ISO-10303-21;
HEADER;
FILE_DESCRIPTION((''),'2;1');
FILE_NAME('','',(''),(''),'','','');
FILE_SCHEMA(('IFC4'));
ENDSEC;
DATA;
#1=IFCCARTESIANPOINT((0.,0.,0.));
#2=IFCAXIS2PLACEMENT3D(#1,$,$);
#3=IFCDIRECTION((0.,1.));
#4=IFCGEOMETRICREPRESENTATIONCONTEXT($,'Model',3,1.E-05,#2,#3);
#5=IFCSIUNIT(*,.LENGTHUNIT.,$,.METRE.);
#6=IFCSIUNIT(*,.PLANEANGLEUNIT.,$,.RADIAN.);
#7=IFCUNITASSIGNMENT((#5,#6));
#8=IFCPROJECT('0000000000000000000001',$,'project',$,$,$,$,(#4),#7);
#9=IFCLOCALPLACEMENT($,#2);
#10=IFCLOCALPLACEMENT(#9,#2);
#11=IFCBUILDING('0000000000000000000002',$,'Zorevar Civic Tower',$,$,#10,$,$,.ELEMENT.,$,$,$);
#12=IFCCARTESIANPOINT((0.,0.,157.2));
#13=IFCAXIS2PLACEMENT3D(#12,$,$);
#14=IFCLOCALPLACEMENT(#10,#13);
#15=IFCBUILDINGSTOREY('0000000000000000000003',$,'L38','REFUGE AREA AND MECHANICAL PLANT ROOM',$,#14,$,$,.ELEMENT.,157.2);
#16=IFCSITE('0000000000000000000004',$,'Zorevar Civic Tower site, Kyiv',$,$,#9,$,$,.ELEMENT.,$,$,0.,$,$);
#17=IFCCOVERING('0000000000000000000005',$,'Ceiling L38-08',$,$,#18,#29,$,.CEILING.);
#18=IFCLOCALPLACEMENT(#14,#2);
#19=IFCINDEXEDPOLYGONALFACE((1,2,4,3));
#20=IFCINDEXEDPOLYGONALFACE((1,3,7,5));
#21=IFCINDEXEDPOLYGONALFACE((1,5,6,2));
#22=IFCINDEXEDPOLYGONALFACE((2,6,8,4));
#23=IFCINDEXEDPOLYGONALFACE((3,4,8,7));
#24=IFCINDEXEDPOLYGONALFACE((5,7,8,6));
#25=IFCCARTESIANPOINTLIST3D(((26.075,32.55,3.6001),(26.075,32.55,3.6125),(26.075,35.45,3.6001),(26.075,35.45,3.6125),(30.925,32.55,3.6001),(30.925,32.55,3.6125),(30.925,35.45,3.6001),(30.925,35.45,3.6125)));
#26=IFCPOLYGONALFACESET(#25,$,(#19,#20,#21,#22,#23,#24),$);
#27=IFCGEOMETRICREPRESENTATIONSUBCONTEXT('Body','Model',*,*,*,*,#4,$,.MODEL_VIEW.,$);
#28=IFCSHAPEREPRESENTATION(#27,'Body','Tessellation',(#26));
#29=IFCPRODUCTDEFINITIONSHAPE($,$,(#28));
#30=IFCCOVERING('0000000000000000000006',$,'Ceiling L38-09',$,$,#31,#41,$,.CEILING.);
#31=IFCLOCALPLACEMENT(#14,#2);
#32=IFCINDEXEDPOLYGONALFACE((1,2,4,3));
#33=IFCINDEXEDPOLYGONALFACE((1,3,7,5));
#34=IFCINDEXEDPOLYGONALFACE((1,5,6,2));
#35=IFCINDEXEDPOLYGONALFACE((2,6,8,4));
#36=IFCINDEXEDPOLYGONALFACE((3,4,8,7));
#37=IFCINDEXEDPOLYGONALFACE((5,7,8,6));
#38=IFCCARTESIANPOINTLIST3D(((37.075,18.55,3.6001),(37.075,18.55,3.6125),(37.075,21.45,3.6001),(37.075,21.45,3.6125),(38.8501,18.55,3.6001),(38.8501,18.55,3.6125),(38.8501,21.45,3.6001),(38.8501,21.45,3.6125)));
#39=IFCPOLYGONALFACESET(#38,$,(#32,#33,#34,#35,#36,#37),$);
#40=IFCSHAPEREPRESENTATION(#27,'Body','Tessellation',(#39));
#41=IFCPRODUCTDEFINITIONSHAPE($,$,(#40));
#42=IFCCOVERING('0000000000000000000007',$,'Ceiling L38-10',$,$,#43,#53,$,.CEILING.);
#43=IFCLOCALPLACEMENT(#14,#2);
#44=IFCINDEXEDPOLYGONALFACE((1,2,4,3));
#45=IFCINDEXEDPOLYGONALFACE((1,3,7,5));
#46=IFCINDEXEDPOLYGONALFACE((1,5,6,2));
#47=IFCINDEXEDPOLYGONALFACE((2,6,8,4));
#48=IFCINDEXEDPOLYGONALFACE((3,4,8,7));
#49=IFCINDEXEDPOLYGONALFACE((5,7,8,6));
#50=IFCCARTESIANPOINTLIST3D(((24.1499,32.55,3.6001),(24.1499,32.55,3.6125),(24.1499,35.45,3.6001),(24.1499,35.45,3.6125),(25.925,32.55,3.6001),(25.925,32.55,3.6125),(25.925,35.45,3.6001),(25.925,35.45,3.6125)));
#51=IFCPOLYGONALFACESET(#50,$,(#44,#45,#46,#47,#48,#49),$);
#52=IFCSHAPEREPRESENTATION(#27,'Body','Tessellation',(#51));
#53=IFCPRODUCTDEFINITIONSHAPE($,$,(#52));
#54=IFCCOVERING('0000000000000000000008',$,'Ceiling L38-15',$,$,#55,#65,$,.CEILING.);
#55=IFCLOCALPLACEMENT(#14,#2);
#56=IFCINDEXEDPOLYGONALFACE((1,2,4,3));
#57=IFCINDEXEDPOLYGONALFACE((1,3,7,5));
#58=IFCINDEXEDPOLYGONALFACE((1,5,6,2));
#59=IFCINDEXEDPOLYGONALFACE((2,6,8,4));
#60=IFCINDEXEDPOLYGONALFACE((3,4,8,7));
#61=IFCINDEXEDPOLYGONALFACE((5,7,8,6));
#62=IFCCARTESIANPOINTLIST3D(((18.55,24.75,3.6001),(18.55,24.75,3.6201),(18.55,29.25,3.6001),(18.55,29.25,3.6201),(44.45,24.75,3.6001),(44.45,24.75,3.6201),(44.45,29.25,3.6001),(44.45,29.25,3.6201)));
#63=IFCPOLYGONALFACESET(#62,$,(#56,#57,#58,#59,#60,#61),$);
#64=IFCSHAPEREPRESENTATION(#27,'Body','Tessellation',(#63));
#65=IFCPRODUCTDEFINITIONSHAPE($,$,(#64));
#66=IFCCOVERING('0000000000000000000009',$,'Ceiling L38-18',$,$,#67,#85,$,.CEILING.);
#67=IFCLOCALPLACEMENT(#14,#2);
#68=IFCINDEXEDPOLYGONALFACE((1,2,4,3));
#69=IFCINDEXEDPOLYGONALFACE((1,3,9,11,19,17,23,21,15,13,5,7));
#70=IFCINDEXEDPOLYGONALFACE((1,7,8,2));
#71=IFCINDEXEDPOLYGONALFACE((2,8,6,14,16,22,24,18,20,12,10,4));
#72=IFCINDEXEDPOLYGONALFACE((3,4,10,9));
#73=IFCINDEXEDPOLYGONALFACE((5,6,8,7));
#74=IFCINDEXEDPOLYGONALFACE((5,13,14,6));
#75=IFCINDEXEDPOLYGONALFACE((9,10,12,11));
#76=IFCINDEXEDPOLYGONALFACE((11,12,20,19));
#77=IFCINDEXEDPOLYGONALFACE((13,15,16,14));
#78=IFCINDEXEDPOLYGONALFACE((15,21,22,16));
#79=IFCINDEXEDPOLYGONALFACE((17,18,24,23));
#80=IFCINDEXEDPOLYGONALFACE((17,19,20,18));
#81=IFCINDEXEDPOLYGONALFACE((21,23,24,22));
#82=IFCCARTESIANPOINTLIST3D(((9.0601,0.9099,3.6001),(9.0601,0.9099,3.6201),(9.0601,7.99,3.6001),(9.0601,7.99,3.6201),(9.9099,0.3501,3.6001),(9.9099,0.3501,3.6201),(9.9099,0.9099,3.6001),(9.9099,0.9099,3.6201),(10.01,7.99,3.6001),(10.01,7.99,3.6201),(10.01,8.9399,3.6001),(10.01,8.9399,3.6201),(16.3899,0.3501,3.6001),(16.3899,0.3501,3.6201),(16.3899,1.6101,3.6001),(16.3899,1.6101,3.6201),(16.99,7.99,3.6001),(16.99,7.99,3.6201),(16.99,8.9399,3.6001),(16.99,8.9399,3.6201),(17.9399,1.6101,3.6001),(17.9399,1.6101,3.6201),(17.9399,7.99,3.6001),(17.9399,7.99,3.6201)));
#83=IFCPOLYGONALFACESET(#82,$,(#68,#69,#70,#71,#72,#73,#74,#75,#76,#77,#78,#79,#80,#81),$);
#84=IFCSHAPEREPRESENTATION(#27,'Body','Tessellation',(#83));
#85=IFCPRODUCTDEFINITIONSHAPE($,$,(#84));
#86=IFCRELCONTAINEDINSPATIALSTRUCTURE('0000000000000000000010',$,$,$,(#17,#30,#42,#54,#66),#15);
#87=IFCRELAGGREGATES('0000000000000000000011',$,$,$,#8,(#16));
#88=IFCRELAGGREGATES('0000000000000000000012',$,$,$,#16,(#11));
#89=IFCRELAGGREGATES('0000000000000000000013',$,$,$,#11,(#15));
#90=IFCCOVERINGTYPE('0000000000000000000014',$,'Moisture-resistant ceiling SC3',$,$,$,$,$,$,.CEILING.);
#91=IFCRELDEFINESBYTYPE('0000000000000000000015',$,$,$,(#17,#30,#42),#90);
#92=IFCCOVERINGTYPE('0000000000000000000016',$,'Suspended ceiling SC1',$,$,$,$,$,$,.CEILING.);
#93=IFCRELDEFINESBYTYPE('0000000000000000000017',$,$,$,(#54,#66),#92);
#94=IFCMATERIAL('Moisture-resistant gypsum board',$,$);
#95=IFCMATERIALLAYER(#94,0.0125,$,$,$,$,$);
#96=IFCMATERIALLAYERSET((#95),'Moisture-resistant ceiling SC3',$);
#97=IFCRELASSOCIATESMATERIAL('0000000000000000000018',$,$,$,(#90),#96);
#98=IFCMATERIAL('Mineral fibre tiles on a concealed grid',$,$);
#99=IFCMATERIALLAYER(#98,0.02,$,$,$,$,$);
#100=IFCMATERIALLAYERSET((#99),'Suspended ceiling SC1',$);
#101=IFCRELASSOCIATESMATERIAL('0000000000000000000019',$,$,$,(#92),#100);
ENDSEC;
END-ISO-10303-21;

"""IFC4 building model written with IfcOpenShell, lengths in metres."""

from ifc_helpers import new_model, si_unit, direction, frame, origin, place, context, subcontext, project, spatial, polyline, outline, extrude, material, layer, layer_set, type_object, element, save


model = new_model("IFC4")

# Units and contexts
model_context = context("Model", 3, precision=1e-05, world=origin(), true_north=direction((0.0, 1.0)))
body_context = subcontext(model_context, "Body", "Model", "MODEL_VIEW")
ifc_project = project(units=[si_unit("LENGTHUNIT", "METRE"), si_unit("PLANEANGLEUNIT", "RADIAN")], contexts=[model_context])

# Site, building, storey
site_placement = place(None, origin())
site = spatial("IfcSite", under=ifc_project, at=site_placement, Name="Zorevar Civic Tower site, Kyiv", CompositionType="ELEMENT", RefElevation=0.0)
building_placement = place(site_placement, origin())
building = spatial("IfcBuilding", under=site, at=building_placement, Name="Zorevar Civic Tower", CompositionType="ELEMENT")
storey_placement = place(building_placement, frame((0.0, 0.0, 157.2)))
storey = spatial("IfcBuildingStorey", under=building, at=storey_placement, Name="L38", Description="REFUGE AREA AND MECHANICAL PLANT ROOM", CompositionType="ELEMENT", Elevation=157.2)

# Coverings
ifc_material_1 = material(Name="Moisture-resistant gypsum board")
ifc_layer_1 = layer(ifc_material_1, 0.0125)
ifc_layer_set_1 = layer_set([ifc_layer_1], Name="Moisture-resistant ceiling SC3")
covering_type_1 = type_object("IfcCoveringType", Name="Moisture-resistant ceiling SC3", PredefinedType="CEILING", material=ifc_layer_set_1)
covering_1_placement = place(storey_placement, frame((0.0, 0.0, 3.6001)))
element("IfcCovering", 1, at=covering_1_placement, inside=storey, type_object=covering_type_1, Name="Ceiling L38-08", PredefinedType="CEILING", context=body_context, shape_type="SweptSolid", body=[
    extrude(outline(polyline([(30.925, 32.55), (30.925, 35.45), (26.075, 35.45), (26.075, 32.55), (30.925, 32.55)])), origin(), (0.0, 0.0, 1.0), 0.0125),
])
covering_2_placement = place(storey_placement, frame((0.0, 0.0, 3.6001)))
element("IfcCovering", 2, at=covering_2_placement, inside=storey, type_object=covering_type_1, Name="Ceiling L38-09", PredefinedType="CEILING", context=body_context, shape_type="SweptSolid", body=[
    extrude(outline(polyline([(38.8501, 18.55), (38.8501, 21.45), (37.075, 21.45), (37.075, 18.55), (38.8501, 18.55)])), origin(), (0.0, 0.0, 1.0), 0.0125),
])
covering_3_placement = place(storey_placement, frame((0.0, 0.0, 3.6001)))
element("IfcCovering", 3, at=covering_3_placement, inside=storey, type_object=covering_type_1, Name="Ceiling L38-10", PredefinedType="CEILING", context=body_context, shape_type="SweptSolid", body=[
    extrude(outline(polyline([(25.925, 32.55), (25.925, 35.45), (24.1499, 35.45), (24.1499, 32.55), (25.925, 32.55)])), origin(), (0.0, 0.0, 1.0), 0.0125),
])
ifc_material_2 = material(Name="Mineral fibre tiles on a concealed grid")
ifc_layer_2 = layer(ifc_material_2, 0.02)
ifc_layer_set_2 = layer_set([ifc_layer_2], Name="Suspended ceiling SC1")
covering_type_2 = type_object("IfcCoveringType", Name="Suspended ceiling SC1", PredefinedType="CEILING", material=ifc_layer_set_2)
covering_4_placement = place(storey_placement, frame((0.0, 0.0, 3.6001)))
element("IfcCovering", 4, at=covering_4_placement, inside=storey, type_object=covering_type_2, Name="Ceiling L38-15", PredefinedType="CEILING", context=body_context, shape_type="SweptSolid", body=[
    extrude(outline(polyline([(44.45, 24.75), (44.45, 29.25), (18.55, 29.25), (18.55, 24.75), (44.45, 24.75)])), origin(), (0.0, 0.0, 1.0), 0.02),
])
covering_5_placement = place(storey_placement, frame((0.0, 0.0, 3.6001)))
element("IfcCovering", 5, at=covering_5_placement, inside=storey, type_object=covering_type_2, Name="Ceiling L38-18", PredefinedType="CEILING", context=body_context, shape_type="SweptSolid", body=[
    extrude(outline(polyline([(9.0601, 0.9099), (9.0601, 7.99), (10.01, 7.99), (10.01, 8.9399), (16.99, 8.9399), (16.99, 7.99), (17.9399, 7.99), (17.9399, 1.6101), (16.3899, 1.6101), (16.3899, 0.3501), (9.9099, 0.3501), (9.9099, 0.9099), (9.0601, 0.9099)])), origin(), (0.0, 0.0, 1.0), 0.02),
])

save(model, "model.ifc")
